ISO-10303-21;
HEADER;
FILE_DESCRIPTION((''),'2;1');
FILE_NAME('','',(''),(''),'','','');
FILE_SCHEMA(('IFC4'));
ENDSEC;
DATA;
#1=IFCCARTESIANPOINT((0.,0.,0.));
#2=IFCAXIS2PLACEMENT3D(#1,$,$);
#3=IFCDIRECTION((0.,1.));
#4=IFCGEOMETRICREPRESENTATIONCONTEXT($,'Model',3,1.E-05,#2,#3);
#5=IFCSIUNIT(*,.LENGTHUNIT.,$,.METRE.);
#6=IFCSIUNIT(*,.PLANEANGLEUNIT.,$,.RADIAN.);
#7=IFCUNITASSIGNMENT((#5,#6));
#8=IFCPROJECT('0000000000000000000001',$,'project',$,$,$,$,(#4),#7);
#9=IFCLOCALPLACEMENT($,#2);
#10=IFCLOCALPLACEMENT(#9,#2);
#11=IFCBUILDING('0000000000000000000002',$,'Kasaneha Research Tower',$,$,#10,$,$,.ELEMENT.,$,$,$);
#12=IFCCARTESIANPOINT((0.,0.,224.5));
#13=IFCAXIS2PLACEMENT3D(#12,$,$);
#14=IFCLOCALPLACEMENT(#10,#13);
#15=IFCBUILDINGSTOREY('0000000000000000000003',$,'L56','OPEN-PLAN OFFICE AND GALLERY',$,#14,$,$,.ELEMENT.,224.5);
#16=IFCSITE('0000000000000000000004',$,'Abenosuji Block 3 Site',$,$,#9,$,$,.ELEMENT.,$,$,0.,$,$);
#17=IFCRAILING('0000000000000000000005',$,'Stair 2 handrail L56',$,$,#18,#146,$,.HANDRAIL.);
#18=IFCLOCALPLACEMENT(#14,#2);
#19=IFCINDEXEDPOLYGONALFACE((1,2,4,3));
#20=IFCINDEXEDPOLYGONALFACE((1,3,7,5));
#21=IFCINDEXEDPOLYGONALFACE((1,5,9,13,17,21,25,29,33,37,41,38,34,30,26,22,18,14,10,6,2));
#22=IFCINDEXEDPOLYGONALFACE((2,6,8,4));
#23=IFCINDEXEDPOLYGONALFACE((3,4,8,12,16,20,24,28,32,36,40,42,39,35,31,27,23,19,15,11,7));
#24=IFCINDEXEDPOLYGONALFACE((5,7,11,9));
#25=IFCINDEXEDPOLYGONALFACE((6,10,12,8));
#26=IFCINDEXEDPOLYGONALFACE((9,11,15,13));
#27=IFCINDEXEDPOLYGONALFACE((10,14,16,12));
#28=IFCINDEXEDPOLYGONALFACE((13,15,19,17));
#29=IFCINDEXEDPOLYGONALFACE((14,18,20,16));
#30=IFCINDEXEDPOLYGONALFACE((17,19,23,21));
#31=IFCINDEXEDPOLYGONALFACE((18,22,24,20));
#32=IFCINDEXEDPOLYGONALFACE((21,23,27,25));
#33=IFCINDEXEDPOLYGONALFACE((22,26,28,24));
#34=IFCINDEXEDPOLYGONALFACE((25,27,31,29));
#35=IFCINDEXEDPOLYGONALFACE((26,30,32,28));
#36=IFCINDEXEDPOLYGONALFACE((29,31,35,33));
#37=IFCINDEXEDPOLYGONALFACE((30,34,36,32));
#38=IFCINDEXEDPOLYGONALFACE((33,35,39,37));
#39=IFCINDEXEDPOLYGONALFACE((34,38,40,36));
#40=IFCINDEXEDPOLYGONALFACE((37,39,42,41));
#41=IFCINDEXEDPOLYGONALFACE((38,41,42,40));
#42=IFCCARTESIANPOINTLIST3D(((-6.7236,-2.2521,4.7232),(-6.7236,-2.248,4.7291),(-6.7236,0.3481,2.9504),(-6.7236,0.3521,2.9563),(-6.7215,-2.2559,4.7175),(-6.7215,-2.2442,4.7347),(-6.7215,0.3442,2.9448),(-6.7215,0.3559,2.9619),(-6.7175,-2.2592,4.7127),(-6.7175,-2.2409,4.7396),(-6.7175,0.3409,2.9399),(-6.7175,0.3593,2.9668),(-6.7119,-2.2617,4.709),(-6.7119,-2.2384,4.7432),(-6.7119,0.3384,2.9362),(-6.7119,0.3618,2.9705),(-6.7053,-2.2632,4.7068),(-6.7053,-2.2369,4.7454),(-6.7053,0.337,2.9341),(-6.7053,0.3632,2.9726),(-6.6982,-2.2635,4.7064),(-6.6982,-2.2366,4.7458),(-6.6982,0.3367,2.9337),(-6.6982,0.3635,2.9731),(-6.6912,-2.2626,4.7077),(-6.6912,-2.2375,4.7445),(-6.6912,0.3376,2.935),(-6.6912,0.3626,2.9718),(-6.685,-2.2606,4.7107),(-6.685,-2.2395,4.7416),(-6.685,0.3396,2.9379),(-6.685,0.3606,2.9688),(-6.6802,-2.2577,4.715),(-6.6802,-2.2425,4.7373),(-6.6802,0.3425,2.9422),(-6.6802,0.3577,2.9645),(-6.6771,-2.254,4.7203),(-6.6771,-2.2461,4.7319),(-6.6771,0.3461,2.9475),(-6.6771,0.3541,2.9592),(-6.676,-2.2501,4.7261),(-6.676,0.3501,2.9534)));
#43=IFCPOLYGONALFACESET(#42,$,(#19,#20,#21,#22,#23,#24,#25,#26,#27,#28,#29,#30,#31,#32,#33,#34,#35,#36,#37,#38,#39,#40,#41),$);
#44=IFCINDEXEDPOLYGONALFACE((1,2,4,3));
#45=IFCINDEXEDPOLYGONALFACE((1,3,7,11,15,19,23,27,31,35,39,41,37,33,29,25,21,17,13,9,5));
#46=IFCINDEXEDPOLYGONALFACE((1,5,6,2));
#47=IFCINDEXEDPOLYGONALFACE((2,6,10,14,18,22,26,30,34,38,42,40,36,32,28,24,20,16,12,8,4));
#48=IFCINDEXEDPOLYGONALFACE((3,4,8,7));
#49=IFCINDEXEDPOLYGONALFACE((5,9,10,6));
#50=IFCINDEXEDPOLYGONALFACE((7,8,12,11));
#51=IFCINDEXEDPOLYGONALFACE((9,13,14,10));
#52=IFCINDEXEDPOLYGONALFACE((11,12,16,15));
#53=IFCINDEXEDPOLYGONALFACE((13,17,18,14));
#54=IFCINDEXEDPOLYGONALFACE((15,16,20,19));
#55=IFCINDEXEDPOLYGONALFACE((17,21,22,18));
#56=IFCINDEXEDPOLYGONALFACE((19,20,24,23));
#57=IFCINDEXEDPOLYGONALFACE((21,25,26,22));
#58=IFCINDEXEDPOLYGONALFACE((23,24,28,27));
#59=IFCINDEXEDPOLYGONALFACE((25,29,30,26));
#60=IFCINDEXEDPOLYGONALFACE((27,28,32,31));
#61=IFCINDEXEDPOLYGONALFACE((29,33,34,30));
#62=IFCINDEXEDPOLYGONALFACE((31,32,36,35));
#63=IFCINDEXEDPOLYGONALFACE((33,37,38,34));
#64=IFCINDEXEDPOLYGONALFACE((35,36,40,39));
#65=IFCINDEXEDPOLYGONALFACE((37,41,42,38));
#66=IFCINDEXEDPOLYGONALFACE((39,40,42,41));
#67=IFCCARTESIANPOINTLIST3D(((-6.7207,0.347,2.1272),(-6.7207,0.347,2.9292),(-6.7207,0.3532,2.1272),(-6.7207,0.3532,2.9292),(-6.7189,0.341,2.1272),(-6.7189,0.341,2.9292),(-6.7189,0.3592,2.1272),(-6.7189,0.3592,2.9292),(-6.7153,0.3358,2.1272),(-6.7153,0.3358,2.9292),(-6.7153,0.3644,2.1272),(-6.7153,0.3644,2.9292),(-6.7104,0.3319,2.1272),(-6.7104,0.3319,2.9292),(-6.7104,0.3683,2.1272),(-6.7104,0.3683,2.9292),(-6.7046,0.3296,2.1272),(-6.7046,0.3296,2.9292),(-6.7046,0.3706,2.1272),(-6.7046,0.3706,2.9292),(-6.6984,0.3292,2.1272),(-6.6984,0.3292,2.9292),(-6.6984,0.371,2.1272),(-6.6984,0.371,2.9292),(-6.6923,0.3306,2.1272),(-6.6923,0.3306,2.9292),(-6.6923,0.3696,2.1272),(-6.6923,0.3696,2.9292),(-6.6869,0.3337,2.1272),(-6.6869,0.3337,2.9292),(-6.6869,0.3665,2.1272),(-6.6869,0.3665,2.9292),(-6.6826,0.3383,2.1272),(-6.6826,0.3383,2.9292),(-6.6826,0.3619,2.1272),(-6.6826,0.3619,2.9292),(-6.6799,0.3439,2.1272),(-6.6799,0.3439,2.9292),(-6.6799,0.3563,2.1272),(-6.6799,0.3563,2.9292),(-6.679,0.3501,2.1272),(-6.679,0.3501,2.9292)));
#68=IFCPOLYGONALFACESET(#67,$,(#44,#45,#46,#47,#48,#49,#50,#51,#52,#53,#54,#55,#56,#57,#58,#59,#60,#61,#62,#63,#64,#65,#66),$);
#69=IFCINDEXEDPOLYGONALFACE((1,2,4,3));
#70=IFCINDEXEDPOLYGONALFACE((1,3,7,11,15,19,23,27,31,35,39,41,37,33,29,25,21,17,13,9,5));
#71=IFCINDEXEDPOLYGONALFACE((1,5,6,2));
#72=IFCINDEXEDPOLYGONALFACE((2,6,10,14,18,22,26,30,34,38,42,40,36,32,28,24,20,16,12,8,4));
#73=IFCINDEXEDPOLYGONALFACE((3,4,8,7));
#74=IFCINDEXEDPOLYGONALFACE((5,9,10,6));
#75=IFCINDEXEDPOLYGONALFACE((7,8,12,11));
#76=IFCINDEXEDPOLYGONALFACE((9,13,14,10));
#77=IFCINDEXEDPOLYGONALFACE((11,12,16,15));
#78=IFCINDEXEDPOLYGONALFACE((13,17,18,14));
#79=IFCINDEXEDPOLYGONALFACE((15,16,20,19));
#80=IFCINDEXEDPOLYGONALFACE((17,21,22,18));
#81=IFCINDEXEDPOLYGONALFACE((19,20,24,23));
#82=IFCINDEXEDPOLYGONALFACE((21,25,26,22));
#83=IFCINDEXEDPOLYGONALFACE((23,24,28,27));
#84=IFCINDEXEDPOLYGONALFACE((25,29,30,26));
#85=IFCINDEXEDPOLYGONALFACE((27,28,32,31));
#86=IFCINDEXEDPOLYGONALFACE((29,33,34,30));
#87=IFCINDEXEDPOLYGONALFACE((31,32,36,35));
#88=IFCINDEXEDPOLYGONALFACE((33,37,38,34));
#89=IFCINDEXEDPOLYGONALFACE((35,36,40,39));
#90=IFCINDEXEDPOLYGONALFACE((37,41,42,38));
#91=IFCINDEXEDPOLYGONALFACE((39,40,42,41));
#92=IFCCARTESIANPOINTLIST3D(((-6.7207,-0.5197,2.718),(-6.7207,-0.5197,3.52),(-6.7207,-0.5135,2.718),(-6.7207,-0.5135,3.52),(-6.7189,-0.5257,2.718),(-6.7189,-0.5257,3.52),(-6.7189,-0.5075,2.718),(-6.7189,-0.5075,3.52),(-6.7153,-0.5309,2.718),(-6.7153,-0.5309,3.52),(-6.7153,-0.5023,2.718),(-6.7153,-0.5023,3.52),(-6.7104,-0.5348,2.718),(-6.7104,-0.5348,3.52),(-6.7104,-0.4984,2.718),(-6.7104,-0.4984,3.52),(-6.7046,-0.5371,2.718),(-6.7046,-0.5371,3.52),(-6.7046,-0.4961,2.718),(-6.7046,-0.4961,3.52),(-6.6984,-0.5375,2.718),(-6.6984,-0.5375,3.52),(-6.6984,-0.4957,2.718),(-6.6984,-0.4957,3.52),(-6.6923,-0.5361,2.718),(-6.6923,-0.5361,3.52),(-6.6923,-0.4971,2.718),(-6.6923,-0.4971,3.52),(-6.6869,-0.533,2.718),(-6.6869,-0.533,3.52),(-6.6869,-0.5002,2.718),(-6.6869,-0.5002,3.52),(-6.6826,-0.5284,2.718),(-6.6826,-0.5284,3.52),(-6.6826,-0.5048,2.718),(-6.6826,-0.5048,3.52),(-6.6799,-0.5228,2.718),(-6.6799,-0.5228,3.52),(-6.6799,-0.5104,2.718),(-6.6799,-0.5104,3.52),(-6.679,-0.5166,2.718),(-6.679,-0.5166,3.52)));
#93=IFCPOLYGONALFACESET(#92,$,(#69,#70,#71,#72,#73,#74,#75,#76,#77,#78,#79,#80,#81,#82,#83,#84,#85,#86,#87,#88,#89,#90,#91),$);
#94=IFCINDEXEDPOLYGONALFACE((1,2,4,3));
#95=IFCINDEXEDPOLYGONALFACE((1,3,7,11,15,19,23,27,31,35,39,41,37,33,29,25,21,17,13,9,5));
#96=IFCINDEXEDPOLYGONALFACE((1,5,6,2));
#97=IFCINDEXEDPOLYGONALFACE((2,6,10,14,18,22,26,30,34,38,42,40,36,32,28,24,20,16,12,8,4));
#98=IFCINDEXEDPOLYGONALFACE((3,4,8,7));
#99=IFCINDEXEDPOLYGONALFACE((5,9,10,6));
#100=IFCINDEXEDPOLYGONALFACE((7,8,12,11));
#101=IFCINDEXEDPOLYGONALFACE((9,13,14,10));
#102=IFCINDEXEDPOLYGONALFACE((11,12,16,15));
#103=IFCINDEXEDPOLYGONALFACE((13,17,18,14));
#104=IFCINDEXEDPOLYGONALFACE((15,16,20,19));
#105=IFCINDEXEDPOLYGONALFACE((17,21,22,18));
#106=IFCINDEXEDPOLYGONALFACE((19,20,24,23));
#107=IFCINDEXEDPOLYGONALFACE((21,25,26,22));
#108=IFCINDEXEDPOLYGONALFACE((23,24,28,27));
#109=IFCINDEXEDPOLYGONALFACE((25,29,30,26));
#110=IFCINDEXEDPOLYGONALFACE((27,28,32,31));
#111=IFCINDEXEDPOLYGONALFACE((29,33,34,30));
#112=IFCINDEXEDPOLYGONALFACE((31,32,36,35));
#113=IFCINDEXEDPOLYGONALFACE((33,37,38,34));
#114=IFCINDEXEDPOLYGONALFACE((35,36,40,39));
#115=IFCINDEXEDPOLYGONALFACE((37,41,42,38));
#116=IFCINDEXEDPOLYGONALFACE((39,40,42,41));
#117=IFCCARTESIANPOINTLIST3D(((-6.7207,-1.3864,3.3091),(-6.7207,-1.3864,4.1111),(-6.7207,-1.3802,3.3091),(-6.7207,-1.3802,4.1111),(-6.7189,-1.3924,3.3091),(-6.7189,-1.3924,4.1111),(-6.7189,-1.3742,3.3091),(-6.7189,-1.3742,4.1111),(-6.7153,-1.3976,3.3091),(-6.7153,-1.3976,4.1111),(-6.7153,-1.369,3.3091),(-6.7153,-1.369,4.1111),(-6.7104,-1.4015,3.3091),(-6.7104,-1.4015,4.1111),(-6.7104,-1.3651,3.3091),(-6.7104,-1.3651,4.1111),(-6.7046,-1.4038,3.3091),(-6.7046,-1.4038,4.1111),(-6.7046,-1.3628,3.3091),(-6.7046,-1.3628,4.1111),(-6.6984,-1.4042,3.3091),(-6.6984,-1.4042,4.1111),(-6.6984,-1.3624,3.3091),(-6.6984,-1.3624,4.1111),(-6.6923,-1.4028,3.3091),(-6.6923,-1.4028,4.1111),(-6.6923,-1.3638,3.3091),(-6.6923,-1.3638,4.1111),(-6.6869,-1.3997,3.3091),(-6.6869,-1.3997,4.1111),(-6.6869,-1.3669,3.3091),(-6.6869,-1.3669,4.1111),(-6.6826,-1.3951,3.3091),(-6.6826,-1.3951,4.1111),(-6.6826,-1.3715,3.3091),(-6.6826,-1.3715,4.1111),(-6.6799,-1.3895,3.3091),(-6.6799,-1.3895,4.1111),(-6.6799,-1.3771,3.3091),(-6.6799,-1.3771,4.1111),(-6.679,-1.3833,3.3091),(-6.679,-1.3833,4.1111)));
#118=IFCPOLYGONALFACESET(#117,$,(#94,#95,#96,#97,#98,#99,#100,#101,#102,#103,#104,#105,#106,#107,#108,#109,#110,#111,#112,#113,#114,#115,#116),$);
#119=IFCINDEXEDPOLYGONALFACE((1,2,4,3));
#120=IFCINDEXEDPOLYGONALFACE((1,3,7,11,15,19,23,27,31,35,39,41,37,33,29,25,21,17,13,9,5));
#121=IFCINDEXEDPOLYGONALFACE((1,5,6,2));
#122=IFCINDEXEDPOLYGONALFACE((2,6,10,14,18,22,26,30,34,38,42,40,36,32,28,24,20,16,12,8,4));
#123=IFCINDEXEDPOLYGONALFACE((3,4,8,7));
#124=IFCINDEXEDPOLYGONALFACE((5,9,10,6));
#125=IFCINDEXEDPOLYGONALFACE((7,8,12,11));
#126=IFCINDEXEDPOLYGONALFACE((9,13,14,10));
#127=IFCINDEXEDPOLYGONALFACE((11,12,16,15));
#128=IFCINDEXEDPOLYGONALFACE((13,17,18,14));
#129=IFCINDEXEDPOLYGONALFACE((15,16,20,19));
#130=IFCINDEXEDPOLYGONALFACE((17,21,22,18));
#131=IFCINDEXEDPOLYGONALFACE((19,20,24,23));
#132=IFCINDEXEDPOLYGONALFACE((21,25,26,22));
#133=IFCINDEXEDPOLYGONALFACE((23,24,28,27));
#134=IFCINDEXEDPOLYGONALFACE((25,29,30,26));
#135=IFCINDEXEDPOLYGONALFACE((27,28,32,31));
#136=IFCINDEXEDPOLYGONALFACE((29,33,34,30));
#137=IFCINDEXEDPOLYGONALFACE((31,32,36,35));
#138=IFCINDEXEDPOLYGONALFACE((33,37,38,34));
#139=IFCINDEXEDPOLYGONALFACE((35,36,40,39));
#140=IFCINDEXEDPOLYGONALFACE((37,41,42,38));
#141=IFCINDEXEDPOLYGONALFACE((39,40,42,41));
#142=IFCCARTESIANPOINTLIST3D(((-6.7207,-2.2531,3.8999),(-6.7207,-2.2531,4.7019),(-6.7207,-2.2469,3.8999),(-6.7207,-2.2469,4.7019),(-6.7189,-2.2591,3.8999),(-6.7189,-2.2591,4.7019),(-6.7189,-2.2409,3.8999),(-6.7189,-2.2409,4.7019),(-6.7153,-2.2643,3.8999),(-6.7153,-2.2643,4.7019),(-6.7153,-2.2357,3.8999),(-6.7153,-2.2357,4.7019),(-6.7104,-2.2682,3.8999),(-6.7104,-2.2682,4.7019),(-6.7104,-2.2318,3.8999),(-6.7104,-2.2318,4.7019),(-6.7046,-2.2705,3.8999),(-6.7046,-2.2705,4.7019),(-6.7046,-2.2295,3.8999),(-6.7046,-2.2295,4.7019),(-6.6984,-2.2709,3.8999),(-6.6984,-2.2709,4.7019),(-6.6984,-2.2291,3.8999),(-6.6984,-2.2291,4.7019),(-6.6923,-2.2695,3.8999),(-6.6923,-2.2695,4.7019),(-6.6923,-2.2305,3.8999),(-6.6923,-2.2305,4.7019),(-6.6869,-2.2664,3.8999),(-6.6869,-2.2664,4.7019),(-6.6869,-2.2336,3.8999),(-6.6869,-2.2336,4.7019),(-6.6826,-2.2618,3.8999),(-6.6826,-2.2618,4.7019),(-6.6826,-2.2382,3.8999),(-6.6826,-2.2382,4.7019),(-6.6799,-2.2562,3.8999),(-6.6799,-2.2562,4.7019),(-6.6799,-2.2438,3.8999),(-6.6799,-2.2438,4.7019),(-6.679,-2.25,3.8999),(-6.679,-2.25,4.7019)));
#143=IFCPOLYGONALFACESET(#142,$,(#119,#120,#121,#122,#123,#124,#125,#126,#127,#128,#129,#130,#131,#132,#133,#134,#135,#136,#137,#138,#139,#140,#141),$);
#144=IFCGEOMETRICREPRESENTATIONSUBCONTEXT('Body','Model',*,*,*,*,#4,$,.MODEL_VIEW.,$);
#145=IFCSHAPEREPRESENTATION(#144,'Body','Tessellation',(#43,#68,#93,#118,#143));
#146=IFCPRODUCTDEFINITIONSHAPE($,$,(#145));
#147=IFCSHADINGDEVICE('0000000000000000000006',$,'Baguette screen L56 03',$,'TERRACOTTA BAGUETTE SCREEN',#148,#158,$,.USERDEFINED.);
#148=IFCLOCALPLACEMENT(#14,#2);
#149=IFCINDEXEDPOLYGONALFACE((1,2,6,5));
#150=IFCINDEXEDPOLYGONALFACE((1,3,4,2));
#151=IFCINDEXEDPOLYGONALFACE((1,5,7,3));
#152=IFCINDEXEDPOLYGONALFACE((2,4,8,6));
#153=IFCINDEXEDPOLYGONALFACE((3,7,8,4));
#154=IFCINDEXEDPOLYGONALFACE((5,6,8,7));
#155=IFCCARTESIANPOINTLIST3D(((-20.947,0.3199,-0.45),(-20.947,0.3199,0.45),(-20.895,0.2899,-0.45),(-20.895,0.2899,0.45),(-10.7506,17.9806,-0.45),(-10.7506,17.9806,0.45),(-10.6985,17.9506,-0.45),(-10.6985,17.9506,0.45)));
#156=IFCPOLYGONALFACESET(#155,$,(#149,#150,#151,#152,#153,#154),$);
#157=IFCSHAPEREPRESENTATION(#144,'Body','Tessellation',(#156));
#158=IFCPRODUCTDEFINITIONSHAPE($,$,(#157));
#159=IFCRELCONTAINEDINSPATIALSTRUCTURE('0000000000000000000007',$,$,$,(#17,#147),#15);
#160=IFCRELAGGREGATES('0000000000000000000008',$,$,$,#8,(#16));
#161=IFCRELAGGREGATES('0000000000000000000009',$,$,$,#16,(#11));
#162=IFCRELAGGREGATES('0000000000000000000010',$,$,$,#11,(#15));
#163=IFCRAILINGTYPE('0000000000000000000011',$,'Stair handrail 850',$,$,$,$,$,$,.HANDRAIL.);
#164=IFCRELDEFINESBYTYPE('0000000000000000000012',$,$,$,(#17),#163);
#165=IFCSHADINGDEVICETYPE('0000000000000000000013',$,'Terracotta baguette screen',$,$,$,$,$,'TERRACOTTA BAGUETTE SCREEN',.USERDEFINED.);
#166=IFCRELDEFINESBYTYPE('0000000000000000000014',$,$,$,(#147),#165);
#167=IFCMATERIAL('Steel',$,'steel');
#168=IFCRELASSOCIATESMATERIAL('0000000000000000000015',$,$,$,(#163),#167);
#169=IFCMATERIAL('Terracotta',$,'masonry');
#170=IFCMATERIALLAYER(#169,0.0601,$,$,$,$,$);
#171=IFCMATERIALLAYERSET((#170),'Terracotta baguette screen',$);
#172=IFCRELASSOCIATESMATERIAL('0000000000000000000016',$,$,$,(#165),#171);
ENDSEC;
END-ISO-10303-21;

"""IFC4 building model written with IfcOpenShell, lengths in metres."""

from ifc_helpers import new_model, si_unit, direction, frame, origin, origin_2d, place, context, subcontext, project, spatial, rectangle, circle, extrude, material, layer, layer_set, type_object, element, save


model = new_model("IFC4")

# Units and contexts
model_context = context("Model", 3, precision=1e-05, world=origin(), true_north=direction((0.0, 1.0)))
body_context = subcontext(model_context, "Body", "Model", "MODEL_VIEW")
ifc_project = project(units=[si_unit("LENGTHUNIT", "METRE"), si_unit("PLANEANGLEUNIT", "RADIAN")], contexts=[model_context])

# Site, building, storey
site_placement = place(None, origin())
site = spatial("IfcSite", under=ifc_project, at=site_placement, Name="Abenosuji Block 3 Site", CompositionType="ELEMENT", RefElevation=0.0)
building_placement = place(site_placement, origin())
building = spatial("IfcBuilding", under=site, at=building_placement, Name="Kasaneha Research Tower", CompositionType="ELEMENT")
storey_placement = place(building_placement, frame((0.0, 0.0, 224.5)))
storey = spatial("IfcBuildingStorey", under=building, at=storey_placement, Name="L56", Description="OPEN-PLAN OFFICE AND GALLERY", CompositionType="ELEMENT", Elevation=224.5)

# Railing
ifc_material_1 = material(Name="Steel", Category="steel")
railing_type_1 = type_object("IfcRailingType", Name="Stair handrail 850", PredefinedType="HANDRAIL", material=ifc_material_1)
railing_1_placement = place(storey_placement, frame((-6.7, 0.3501, 2.1272)))
element("IfcRailing", 1, at=railing_1_placement, inside=storey, type_object=railing_type_1, Name="Stair 2 handrail L56", PredefinedType="HANDRAIL", context=body_context, shape_type="SweptSolid", body=[
    extrude(circle(Radius=0.0239, at=origin_2d()), frame((0.0, 0.0, 0.8262), z_axis=(0.0, -0.82624, 0.563318), x_axis=(1.0, 0.0, 0.0)), (0.0, 0.0, 1.0), 3.147),
    extrude(circle(Radius=0.021, at=origin_2d()), origin(), (0.0, 0.0, 1.0), 0.802),
    extrude(circle(Radius=0.021, at=origin_2d()), frame((0.0, -0.8667, 0.5908)), (0.0, 0.0, 1.0), 0.802),
    extrude(circle(Radius=0.021, at=origin_2d()), frame((0.0, -1.7334, 1.1819)), (0.0, 0.0, 1.0), 0.802),
    extrude(circle(Radius=0.021, at=origin_2d()), frame((0.0, -2.6001, 1.7727)), (0.0, 0.0, 1.0), 0.802),
])

# Shading device
ifc_material_2 = material(Name="Terracotta", Category="masonry")
ifc_layer_1 = layer(ifc_material_2, 0.0601)
ifc_layer_set_1 = layer_set([ifc_layer_1], Name="Terracotta baguette screen")
shading_device_type = type_object("IfcShadingDeviceType", Name="Terracotta baguette screen", ElementType="TERRACOTTA BAGUETTE SCREEN", PredefinedType="USERDEFINED", material=ifc_layer_set_1)
shading_device_placement = place(storey_placement, frame((-15.8228, 9.1353, -0.45), z_axis=(0.0, 0.0, 1.0), x_axis=(-0.5, -0.866025, 0.0)))
element("IfcShadingDevice", 2, at=shading_device_placement, inside=storey, type_object=shading_device_type, Name="Baguette screen L56 03", ObjectType="TERRACOTTA BAGUETTE SCREEN", PredefinedType="USERDEFINED", context=body_context, shape_type="SweptSolid", body=[
    extrude(rectangle(XDim=20.3928, YDim=0.0601, at=origin_2d()), origin(), (0.0, 0.0, 1.0), 0.8999),
])

save(model, "model.ifc")
